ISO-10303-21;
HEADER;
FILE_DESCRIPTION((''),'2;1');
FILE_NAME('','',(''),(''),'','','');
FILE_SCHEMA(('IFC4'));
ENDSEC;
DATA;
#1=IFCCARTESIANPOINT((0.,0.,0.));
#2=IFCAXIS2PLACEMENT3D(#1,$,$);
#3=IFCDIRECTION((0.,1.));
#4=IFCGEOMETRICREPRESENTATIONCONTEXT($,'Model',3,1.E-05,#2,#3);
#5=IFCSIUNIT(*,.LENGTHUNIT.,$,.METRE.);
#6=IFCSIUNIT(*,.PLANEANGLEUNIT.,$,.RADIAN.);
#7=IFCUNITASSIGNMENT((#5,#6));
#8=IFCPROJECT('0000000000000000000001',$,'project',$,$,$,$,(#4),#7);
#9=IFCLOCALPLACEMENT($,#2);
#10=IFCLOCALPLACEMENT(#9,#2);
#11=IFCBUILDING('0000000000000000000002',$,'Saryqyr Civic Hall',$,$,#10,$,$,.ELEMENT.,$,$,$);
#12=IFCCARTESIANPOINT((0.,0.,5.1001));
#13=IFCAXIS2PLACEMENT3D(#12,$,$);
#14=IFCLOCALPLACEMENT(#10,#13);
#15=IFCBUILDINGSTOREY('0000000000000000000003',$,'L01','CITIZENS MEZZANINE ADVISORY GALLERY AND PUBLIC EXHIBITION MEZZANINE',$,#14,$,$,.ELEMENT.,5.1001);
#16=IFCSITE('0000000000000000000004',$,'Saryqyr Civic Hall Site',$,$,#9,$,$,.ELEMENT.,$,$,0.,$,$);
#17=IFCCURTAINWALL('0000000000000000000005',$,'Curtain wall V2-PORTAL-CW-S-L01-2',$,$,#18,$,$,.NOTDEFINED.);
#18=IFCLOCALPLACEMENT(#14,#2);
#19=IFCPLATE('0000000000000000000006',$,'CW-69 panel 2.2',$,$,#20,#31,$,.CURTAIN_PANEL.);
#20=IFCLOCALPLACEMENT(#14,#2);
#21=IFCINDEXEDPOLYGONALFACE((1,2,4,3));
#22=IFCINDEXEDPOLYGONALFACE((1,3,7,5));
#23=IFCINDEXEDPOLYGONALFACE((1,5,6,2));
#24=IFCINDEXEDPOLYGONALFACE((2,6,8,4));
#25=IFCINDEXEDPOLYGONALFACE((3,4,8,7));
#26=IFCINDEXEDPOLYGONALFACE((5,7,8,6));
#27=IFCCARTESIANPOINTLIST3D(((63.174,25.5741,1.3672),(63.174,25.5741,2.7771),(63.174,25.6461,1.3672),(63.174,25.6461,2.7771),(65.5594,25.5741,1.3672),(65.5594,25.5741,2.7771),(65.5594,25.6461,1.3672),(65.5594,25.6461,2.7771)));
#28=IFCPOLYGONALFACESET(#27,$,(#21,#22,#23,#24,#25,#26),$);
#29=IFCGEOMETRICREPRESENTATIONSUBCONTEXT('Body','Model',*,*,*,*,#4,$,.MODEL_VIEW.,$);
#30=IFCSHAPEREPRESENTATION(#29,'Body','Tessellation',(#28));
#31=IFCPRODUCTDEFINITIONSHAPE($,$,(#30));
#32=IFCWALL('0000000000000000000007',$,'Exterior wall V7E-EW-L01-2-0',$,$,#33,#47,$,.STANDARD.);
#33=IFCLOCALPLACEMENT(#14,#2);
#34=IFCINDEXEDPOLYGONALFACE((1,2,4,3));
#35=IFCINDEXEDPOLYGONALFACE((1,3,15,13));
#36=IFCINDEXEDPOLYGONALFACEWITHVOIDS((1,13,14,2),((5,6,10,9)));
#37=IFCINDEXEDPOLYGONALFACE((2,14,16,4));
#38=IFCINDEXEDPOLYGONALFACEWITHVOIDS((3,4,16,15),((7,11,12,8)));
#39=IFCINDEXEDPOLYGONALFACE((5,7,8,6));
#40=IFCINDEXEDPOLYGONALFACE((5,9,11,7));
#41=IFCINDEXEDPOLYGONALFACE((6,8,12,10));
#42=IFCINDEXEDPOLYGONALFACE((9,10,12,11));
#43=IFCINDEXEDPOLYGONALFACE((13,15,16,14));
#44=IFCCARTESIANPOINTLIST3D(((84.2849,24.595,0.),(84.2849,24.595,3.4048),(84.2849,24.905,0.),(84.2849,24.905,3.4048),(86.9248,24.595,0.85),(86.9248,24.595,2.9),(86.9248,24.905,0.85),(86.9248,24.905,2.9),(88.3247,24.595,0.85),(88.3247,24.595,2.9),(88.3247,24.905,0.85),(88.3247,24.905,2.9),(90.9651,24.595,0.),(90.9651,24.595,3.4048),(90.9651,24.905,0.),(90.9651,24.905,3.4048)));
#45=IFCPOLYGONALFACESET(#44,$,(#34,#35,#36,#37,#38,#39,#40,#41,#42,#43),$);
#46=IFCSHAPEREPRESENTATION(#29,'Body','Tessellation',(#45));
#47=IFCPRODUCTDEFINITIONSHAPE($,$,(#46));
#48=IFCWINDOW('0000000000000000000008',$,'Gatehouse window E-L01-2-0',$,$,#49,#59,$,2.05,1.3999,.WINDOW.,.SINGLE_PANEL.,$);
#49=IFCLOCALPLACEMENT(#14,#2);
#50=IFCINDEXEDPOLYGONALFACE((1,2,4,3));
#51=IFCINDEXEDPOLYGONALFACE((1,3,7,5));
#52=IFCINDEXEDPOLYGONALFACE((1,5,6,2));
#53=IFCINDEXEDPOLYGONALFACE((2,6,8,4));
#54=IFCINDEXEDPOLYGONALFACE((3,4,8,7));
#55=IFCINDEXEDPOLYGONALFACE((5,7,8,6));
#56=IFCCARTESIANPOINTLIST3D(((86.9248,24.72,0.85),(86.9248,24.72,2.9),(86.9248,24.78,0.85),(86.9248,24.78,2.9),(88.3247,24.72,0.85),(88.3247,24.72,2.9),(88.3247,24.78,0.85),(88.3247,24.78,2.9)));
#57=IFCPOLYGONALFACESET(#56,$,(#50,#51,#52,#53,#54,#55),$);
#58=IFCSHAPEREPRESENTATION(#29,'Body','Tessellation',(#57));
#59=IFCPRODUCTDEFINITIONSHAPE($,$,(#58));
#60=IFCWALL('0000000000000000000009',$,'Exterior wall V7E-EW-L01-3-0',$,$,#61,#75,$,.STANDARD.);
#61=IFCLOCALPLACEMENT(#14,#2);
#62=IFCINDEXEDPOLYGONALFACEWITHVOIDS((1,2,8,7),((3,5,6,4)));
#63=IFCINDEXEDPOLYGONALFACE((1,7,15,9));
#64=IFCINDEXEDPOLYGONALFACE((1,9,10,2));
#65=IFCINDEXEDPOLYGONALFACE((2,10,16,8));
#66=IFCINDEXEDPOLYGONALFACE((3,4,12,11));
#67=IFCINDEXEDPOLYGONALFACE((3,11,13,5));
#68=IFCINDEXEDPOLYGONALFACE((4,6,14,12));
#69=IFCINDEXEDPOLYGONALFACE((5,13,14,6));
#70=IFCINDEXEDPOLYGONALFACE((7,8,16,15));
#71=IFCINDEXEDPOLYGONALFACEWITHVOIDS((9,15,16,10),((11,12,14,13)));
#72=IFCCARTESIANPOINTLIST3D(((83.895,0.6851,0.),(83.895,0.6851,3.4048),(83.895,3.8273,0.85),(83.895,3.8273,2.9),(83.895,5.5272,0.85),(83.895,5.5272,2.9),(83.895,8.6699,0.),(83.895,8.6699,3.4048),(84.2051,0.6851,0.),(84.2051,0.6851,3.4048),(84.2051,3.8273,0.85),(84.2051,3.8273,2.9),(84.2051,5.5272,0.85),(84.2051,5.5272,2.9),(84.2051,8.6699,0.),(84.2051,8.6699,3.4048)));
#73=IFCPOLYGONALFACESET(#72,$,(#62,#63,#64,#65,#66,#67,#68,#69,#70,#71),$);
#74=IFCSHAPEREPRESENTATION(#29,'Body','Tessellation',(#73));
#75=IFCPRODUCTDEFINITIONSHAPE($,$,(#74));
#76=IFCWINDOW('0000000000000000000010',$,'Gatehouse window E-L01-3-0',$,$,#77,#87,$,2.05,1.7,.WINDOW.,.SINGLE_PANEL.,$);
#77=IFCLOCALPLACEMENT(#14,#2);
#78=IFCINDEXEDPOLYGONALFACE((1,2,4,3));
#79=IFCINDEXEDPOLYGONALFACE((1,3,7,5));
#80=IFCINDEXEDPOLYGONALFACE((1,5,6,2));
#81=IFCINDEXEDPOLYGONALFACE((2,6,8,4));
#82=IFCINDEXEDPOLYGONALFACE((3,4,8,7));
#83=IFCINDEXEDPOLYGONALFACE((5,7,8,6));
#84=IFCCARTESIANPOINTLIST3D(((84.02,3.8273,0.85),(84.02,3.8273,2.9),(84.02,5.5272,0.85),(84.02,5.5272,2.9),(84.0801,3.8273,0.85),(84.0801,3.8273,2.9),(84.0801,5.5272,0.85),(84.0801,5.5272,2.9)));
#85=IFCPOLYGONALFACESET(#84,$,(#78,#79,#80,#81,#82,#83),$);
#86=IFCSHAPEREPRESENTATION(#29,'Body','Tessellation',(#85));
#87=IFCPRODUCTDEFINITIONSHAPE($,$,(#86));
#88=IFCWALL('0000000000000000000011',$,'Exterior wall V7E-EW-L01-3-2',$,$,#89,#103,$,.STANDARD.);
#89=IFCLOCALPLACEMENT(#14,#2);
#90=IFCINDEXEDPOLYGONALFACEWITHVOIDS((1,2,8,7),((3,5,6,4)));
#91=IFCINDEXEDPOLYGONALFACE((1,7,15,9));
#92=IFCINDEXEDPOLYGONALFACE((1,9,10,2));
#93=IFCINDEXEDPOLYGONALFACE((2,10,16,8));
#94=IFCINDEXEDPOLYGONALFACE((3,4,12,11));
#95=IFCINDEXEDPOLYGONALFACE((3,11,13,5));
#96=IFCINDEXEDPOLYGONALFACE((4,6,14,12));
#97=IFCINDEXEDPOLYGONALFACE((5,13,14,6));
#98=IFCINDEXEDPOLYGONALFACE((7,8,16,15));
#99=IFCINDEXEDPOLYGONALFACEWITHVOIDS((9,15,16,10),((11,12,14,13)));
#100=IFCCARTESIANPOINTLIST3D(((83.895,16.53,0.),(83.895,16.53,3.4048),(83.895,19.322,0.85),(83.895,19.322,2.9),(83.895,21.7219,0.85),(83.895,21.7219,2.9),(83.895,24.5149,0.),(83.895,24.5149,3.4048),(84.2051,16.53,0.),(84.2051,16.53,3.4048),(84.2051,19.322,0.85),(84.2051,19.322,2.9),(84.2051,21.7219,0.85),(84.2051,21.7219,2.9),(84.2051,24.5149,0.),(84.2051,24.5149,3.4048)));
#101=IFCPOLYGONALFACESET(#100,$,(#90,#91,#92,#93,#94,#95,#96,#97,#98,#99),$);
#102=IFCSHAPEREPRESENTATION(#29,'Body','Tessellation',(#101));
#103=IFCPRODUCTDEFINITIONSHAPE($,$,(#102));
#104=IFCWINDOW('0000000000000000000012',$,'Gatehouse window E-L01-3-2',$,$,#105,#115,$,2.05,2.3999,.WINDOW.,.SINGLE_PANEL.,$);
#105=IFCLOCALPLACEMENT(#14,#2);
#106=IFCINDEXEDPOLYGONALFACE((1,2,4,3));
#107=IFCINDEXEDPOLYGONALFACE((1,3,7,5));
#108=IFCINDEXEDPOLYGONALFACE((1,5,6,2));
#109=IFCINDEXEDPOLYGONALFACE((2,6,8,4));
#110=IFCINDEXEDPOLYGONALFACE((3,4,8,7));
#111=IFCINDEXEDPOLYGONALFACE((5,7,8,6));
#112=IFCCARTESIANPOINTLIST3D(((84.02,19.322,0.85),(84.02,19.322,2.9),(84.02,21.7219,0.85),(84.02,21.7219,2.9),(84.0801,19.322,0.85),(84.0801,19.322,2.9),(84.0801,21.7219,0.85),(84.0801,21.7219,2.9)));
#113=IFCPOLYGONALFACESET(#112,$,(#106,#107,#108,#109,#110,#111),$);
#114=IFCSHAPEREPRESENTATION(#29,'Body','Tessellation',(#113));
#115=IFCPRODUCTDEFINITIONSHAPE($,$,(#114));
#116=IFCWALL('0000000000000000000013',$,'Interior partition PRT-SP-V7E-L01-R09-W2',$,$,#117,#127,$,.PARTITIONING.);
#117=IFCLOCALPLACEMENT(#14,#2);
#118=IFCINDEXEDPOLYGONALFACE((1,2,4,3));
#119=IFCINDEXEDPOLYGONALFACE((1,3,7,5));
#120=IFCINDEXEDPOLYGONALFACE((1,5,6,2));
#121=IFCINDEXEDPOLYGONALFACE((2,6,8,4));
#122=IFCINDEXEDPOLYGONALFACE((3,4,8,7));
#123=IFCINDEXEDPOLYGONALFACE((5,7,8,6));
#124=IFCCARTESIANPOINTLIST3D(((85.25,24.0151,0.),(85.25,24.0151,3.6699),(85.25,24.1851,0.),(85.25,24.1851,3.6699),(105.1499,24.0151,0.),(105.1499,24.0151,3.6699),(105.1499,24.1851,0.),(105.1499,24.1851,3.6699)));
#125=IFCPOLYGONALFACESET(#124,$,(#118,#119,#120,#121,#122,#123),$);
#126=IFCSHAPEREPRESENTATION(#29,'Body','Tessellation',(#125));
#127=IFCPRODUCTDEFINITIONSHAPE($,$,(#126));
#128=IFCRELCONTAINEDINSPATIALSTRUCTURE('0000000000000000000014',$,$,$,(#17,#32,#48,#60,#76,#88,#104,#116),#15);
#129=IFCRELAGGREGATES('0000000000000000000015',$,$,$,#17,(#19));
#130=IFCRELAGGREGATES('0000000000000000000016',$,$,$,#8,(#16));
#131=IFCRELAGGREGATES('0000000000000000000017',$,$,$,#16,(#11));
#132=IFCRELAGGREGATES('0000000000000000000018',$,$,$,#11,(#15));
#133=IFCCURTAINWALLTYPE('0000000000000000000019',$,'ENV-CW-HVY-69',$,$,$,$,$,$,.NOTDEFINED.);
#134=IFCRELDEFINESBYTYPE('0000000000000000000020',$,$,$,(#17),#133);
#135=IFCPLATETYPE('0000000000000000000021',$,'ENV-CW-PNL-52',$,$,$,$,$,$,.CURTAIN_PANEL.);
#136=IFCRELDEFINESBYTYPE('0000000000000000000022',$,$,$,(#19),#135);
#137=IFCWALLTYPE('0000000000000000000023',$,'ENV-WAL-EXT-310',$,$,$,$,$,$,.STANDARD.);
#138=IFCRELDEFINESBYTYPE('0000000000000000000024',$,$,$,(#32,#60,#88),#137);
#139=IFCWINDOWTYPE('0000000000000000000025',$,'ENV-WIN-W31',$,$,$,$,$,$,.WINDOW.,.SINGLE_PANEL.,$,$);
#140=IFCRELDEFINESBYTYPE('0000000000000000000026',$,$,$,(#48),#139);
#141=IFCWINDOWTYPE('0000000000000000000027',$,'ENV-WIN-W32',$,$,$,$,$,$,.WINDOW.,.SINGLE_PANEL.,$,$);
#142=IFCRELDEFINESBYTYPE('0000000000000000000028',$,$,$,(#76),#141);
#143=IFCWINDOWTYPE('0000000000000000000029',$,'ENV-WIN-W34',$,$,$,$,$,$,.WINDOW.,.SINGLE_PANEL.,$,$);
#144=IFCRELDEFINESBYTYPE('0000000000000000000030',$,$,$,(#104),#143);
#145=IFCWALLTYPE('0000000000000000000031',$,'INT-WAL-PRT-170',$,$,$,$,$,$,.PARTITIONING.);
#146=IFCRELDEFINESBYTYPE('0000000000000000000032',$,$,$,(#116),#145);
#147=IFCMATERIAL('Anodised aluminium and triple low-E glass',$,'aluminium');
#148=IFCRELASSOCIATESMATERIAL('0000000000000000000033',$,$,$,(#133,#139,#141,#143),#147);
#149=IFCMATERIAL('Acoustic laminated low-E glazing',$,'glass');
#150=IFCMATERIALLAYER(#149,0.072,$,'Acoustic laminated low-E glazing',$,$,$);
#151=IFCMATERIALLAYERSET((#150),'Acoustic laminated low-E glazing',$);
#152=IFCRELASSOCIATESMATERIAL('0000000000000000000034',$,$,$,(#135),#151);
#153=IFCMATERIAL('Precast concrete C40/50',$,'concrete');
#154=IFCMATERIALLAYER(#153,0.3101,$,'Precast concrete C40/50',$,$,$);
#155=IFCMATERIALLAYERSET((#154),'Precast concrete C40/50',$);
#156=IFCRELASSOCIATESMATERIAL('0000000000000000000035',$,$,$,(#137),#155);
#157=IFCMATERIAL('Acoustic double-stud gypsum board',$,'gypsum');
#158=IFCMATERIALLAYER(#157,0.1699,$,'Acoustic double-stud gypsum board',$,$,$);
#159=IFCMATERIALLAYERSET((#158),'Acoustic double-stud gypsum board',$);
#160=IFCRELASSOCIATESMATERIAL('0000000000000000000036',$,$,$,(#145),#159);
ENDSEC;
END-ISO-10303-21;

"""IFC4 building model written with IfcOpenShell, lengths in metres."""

from ifc_helpers import new_model, si_unit, direction, frame, frame_2d, origin, origin_2d, place, context, subcontext, project, spatial, rectangle, extrude, material, layer, layer_set, type_object, element, fill, aggregate, save


model = new_model("IFC4")

# Units and contexts
model_context = context("Model", 3, precision=1e-05, world=origin(), true_north=direction((0.0, 1.0)))
body_context = subcontext(model_context, "Body", "Model", "MODEL_VIEW")
ifc_project = project(units=[si_unit("LENGTHUNIT", "METRE"), si_unit("PLANEANGLEUNIT", "RADIAN")], contexts=[model_context])

# Site, building, storey
site_placement = place(None, origin())
site = spatial("IfcSite", under=ifc_project, at=site_placement, Name="Saryqyr Civic Hall Site", CompositionType="ELEMENT", RefElevation=0.0)
building_placement = place(site_placement, origin())
building = spatial("IfcBuilding", under=site, at=building_placement, Name="Saryqyr Civic Hall", CompositionType="ELEMENT")
storey_placement = place(building_placement, frame((0.0, 0.0, 5.1001)))
storey = spatial("IfcBuildingStorey", under=building, at=storey_placement, Name="L01", Description="CITIZENS MEZZANINE ADVISORY GALLERY AND PUBLIC EXHIBITION MEZZANINE", CompositionType="ELEMENT", Elevation=5.1001)

# Shared definitions
ifc_material_1 = material(Name="Anodised aluminium and triple low-E glass", Category="aluminium")

# Curtain wall, plate
curtain_wall_type_1 = type_object("IfcCurtainWallType", Name="ENV-CW-HVY-69", PredefinedType="NOTDEFINED", material=ifc_material_1)
curtain_wall_1_placement = place(storey_placement, origin())
curtain_wall_1 = element("IfcCurtainWall", 1, at=curtain_wall_1_placement, inside=storey, type_object=curtain_wall_type_1, Name="Curtain wall V2-PORTAL-CW-S-L01-2", PredefinedType="NOTDEFINED")
ifc_material_2 = material(Name="Acoustic laminated low-E glazing", Category="glass")
ifc_layer_1 = layer(ifc_material_2, 0.072, Name="Acoustic laminated low-E glazing")
ifc_layer_set_1 = layer_set([ifc_layer_1], Name="Acoustic laminated low-E glazing")
plate_type_1 = type_object("IfcPlateType", Name="ENV-CW-PNL-52", PredefinedType="CURTAIN_PANEL", material=ifc_layer_set_1)
plate_1_placement = place(storey_placement, frame((64.3667, 25.6101, 1.3672), z_axis=(0.0, 0.0, 1.0), x_axis=(-1.0, 0.0, 0.0)))
plate_1 = element("IfcPlate", 2, at=plate_1_placement, type_object=plate_type_1, Name="CW-69 panel 2.2", PredefinedType="CURTAIN_PANEL", context=body_context, shape_type="SweptSolid", body=[
    extrude(rectangle(XDim=2.3855, YDim=0.072, at=origin_2d()), origin(), (0.0, 0.0, 1.0), 1.4099),
])
aggregate(curtain_wall_1, [plate_1])

# Walls, openings, windows
ifc_material_3 = material(Name="Precast concrete C40/50", Category="concrete")
ifc_layer_2 = layer(ifc_material_3, 0.3101, Name="Precast concrete C40/50")
ifc_layer_set_2 = layer_set([ifc_layer_2], Name="Precast concrete C40/50")
wall_type_1 = type_object("IfcWallType", Name="ENV-WAL-EXT-310", PredefinedType="STANDARD", material=ifc_layer_set_2)
wall_1_placement = place(storey_placement, frame((84.2849, 24.75, 0.0), z_axis=(0.0, 0.0, 1.0), x_axis=(1.0, 0.0, 0.0)))
wall_1 = element("IfcWall", 3, at=wall_1_placement, inside=storey, type_object=wall_type_1, Name="Exterior wall V7E-EW-L01-2-0", PredefinedType="STANDARD", context=body_context, shape_type="SweptSolid", body=[
    extrude(rectangle(XDim=6.6802, YDim=0.3101, at=frame_2d((3.3401, 0.0))), origin(), (0.0, 0.0, 1.0), 3.4048),
])
opening_1_placement = place(wall_1_placement, frame((2.6399, 0.0, 0.8501)))
opening_1 = element("IfcOpeningElement", 4, at=opening_1_placement, cuts=wall_1, PredefinedType="OPENING", context=body_context, shape_type="SweptSolid", body=[
    extrude(rectangle(XDim=1.3999, YDim=2.05, at=frame_2d((0.7, 1.0249))), frame((0.0, 0.165, 0.0), z_axis=(0.0, -1.0, 0.0), x_axis=(1.0, 0.0, 0.0)), (0.0, 0.0, 1.0), 0.3301),
])
window_type_1 = type_object("IfcWindowType", Name="ENV-WIN-W31", PartitioningType="SINGLE_PANEL", PredefinedType="WINDOW", material=ifc_material_1)
window_1_placement = place(opening_1_placement, origin())
window_1 = element("IfcWindow", 5, at=window_1_placement, inside=storey, type_object=window_type_1, Name="Gatehouse window E-L01-2-0", OverallHeight=2.05, OverallWidth=1.3999, PartitioningType="SINGLE_PANEL", PredefinedType="WINDOW", context=body_context, shape_type="SweptSolid", body=[
    extrude(rectangle(XDim=1.3999, YDim=2.05, at=frame_2d((0.7, 1.0249))), frame((0.0, 0.03, 0.0), z_axis=(0.0, -1.0, 0.0), x_axis=(1.0, 0.0, 0.0)), (0.0, 0.0, 1.0), 0.0601),
])
fill(opening_1, window_1)
wall_2_placement = place(storey_placement, frame((84.05, 0.6851, 0.0), z_axis=(0.0, 0.0, 1.0), x_axis=(0.0, 1.0, 0.0)))
wall_2 = element("IfcWall", 6, at=wall_2_placement, inside=storey, type_object=wall_type_1, Name="Exterior wall V7E-EW-L01-3-0", PredefinedType="STANDARD", context=body_context, shape_type="SweptSolid", body=[
    extrude(rectangle(XDim=7.9849, YDim=0.3101, at=frame_2d((3.9924, 0.0))), origin(), (0.0, 0.0, 1.0), 3.4048),
])
opening_2_placement = place(wall_2_placement, frame((3.1421, 0.0, 0.8501)))
opening_2 = element("IfcOpeningElement", 7, at=opening_2_placement, cuts=wall_2, PredefinedType="OPENING", context=body_context, shape_type="SweptSolid", body=[
    extrude(rectangle(XDim=1.7, YDim=2.05, at=frame_2d((0.8501, 1.0249))), frame((0.0, 0.165, 0.0), z_axis=(0.0, -1.0, 0.0), x_axis=(1.0, 0.0, 0.0)), (0.0, 0.0, 1.0), 0.3301),
])
window_type_2 = type_object("IfcWindowType", Name="ENV-WIN-W32", PartitioningType="SINGLE_PANEL", PredefinedType="WINDOW", material=ifc_material_1)
window_2_placement = place(opening_2_placement, origin())
window_2 = element("IfcWindow", 8, at=window_2_placement, inside=storey, type_object=window_type_2, Name="Gatehouse window E-L01-3-0", OverallHeight=2.05, OverallWidth=1.7, PartitioningType="SINGLE_PANEL", PredefinedType="WINDOW", context=body_context, shape_type="SweptSolid", body=[
    extrude(rectangle(XDim=1.7, YDim=2.05, at=frame_2d((0.8501, 1.0249))), frame((0.0, 0.03, 0.0), z_axis=(0.0, -1.0, 0.0), x_axis=(1.0, 0.0, 0.0)), (0.0, 0.0, 1.0), 0.0601),
])
fill(opening_2, window_2)
wall_3_placement = place(storey_placement, frame((84.05, 16.53, 0.0), z_axis=(0.0, 0.0, 1.0), x_axis=(0.0, 1.0, 0.0)))
wall_3 = element("IfcWall", 9, at=wall_3_placement, inside=storey, type_object=wall_type_1, Name="Exterior wall V7E-EW-L01-3-2", PredefinedType="STANDARD", context=body_context, shape_type="SweptSolid", body=[
    extrude(rectangle(XDim=7.9849, YDim=0.3101, at=frame_2d((3.9924, 0.0))), origin(), (0.0, 0.0, 1.0), 3.4048),
])
opening_3_placement = place(wall_3_placement, frame((2.792, 0.0, 0.8501)))
opening_3 = element("IfcOpeningElement", 10, at=opening_3_placement, cuts=wall_3, PredefinedType="OPENING", context=body_context, shape_type="SweptSolid", body=[
    extrude(rectangle(XDim=2.3999, YDim=2.05, at=frame_2d((1.2, 1.0249))), frame((0.0, 0.165, 0.0), z_axis=(0.0, -1.0, 0.0), x_axis=(1.0, 0.0, 0.0)), (0.0, 0.0, 1.0), 0.3301),
])
window_type_3 = type_object("IfcWindowType", Name="ENV-WIN-W34", PartitioningType="SINGLE_PANEL", PredefinedType="WINDOW", material=ifc_material_1)
window_3_placement = place(opening_3_placement, origin())
window_3 = element("IfcWindow", 11, at=window_3_placement, inside=storey, type_object=window_type_3, Name="Gatehouse window E-L01-3-2", OverallHeight=2.05, OverallWidth=2.3999, PartitioningType="SINGLE_PANEL", PredefinedType="WINDOW", context=body_context, shape_type="SweptSolid", body=[
    extrude(rectangle(XDim=2.3999, YDim=2.05, at=frame_2d((1.2, 1.0249))), frame((0.0, 0.03, 0.0), z_axis=(0.0, -1.0, 0.0), x_axis=(1.0, 0.0, 0.0)), (0.0, 0.0, 1.0), 0.0601),
])
fill(opening_3, window_3)

# Wall
ifc_material_4 = material(Name="Acoustic double-stud gypsum board", Category="gypsum")
ifc_layer_3 = layer(ifc_material_4, 0.1699, Name="Acoustic double-stud gypsum board")
ifc_layer_set_3 = layer_set([ifc_layer_3], Name="Acoustic double-stud gypsum board")
wall_type_2 = type_object("IfcWallType", Name="INT-WAL-PRT-170", PredefinedType="PARTITIONING", material=ifc_layer_set_3)
wall_4_placement = place(storey_placement, frame((85.25, 24.1001, 0.0), z_axis=(0.0, 0.0, 1.0), x_axis=(1.0, 0.0, 0.0)))
element("IfcWall", 12, at=wall_4_placement, inside=storey, type_object=wall_type_2, Name="Interior partition PRT-SP-V7E-L01-R09-W2", PredefinedType="PARTITIONING", context=body_context, shape_type="SweptSolid", body=[
    extrude(rectangle(XDim=19.8999, YDim=0.1699, at=frame_2d((9.95, 0.0))), origin(), (0.0, 0.0, 1.0), 3.6699),
])

save(model, "model.ifc")
